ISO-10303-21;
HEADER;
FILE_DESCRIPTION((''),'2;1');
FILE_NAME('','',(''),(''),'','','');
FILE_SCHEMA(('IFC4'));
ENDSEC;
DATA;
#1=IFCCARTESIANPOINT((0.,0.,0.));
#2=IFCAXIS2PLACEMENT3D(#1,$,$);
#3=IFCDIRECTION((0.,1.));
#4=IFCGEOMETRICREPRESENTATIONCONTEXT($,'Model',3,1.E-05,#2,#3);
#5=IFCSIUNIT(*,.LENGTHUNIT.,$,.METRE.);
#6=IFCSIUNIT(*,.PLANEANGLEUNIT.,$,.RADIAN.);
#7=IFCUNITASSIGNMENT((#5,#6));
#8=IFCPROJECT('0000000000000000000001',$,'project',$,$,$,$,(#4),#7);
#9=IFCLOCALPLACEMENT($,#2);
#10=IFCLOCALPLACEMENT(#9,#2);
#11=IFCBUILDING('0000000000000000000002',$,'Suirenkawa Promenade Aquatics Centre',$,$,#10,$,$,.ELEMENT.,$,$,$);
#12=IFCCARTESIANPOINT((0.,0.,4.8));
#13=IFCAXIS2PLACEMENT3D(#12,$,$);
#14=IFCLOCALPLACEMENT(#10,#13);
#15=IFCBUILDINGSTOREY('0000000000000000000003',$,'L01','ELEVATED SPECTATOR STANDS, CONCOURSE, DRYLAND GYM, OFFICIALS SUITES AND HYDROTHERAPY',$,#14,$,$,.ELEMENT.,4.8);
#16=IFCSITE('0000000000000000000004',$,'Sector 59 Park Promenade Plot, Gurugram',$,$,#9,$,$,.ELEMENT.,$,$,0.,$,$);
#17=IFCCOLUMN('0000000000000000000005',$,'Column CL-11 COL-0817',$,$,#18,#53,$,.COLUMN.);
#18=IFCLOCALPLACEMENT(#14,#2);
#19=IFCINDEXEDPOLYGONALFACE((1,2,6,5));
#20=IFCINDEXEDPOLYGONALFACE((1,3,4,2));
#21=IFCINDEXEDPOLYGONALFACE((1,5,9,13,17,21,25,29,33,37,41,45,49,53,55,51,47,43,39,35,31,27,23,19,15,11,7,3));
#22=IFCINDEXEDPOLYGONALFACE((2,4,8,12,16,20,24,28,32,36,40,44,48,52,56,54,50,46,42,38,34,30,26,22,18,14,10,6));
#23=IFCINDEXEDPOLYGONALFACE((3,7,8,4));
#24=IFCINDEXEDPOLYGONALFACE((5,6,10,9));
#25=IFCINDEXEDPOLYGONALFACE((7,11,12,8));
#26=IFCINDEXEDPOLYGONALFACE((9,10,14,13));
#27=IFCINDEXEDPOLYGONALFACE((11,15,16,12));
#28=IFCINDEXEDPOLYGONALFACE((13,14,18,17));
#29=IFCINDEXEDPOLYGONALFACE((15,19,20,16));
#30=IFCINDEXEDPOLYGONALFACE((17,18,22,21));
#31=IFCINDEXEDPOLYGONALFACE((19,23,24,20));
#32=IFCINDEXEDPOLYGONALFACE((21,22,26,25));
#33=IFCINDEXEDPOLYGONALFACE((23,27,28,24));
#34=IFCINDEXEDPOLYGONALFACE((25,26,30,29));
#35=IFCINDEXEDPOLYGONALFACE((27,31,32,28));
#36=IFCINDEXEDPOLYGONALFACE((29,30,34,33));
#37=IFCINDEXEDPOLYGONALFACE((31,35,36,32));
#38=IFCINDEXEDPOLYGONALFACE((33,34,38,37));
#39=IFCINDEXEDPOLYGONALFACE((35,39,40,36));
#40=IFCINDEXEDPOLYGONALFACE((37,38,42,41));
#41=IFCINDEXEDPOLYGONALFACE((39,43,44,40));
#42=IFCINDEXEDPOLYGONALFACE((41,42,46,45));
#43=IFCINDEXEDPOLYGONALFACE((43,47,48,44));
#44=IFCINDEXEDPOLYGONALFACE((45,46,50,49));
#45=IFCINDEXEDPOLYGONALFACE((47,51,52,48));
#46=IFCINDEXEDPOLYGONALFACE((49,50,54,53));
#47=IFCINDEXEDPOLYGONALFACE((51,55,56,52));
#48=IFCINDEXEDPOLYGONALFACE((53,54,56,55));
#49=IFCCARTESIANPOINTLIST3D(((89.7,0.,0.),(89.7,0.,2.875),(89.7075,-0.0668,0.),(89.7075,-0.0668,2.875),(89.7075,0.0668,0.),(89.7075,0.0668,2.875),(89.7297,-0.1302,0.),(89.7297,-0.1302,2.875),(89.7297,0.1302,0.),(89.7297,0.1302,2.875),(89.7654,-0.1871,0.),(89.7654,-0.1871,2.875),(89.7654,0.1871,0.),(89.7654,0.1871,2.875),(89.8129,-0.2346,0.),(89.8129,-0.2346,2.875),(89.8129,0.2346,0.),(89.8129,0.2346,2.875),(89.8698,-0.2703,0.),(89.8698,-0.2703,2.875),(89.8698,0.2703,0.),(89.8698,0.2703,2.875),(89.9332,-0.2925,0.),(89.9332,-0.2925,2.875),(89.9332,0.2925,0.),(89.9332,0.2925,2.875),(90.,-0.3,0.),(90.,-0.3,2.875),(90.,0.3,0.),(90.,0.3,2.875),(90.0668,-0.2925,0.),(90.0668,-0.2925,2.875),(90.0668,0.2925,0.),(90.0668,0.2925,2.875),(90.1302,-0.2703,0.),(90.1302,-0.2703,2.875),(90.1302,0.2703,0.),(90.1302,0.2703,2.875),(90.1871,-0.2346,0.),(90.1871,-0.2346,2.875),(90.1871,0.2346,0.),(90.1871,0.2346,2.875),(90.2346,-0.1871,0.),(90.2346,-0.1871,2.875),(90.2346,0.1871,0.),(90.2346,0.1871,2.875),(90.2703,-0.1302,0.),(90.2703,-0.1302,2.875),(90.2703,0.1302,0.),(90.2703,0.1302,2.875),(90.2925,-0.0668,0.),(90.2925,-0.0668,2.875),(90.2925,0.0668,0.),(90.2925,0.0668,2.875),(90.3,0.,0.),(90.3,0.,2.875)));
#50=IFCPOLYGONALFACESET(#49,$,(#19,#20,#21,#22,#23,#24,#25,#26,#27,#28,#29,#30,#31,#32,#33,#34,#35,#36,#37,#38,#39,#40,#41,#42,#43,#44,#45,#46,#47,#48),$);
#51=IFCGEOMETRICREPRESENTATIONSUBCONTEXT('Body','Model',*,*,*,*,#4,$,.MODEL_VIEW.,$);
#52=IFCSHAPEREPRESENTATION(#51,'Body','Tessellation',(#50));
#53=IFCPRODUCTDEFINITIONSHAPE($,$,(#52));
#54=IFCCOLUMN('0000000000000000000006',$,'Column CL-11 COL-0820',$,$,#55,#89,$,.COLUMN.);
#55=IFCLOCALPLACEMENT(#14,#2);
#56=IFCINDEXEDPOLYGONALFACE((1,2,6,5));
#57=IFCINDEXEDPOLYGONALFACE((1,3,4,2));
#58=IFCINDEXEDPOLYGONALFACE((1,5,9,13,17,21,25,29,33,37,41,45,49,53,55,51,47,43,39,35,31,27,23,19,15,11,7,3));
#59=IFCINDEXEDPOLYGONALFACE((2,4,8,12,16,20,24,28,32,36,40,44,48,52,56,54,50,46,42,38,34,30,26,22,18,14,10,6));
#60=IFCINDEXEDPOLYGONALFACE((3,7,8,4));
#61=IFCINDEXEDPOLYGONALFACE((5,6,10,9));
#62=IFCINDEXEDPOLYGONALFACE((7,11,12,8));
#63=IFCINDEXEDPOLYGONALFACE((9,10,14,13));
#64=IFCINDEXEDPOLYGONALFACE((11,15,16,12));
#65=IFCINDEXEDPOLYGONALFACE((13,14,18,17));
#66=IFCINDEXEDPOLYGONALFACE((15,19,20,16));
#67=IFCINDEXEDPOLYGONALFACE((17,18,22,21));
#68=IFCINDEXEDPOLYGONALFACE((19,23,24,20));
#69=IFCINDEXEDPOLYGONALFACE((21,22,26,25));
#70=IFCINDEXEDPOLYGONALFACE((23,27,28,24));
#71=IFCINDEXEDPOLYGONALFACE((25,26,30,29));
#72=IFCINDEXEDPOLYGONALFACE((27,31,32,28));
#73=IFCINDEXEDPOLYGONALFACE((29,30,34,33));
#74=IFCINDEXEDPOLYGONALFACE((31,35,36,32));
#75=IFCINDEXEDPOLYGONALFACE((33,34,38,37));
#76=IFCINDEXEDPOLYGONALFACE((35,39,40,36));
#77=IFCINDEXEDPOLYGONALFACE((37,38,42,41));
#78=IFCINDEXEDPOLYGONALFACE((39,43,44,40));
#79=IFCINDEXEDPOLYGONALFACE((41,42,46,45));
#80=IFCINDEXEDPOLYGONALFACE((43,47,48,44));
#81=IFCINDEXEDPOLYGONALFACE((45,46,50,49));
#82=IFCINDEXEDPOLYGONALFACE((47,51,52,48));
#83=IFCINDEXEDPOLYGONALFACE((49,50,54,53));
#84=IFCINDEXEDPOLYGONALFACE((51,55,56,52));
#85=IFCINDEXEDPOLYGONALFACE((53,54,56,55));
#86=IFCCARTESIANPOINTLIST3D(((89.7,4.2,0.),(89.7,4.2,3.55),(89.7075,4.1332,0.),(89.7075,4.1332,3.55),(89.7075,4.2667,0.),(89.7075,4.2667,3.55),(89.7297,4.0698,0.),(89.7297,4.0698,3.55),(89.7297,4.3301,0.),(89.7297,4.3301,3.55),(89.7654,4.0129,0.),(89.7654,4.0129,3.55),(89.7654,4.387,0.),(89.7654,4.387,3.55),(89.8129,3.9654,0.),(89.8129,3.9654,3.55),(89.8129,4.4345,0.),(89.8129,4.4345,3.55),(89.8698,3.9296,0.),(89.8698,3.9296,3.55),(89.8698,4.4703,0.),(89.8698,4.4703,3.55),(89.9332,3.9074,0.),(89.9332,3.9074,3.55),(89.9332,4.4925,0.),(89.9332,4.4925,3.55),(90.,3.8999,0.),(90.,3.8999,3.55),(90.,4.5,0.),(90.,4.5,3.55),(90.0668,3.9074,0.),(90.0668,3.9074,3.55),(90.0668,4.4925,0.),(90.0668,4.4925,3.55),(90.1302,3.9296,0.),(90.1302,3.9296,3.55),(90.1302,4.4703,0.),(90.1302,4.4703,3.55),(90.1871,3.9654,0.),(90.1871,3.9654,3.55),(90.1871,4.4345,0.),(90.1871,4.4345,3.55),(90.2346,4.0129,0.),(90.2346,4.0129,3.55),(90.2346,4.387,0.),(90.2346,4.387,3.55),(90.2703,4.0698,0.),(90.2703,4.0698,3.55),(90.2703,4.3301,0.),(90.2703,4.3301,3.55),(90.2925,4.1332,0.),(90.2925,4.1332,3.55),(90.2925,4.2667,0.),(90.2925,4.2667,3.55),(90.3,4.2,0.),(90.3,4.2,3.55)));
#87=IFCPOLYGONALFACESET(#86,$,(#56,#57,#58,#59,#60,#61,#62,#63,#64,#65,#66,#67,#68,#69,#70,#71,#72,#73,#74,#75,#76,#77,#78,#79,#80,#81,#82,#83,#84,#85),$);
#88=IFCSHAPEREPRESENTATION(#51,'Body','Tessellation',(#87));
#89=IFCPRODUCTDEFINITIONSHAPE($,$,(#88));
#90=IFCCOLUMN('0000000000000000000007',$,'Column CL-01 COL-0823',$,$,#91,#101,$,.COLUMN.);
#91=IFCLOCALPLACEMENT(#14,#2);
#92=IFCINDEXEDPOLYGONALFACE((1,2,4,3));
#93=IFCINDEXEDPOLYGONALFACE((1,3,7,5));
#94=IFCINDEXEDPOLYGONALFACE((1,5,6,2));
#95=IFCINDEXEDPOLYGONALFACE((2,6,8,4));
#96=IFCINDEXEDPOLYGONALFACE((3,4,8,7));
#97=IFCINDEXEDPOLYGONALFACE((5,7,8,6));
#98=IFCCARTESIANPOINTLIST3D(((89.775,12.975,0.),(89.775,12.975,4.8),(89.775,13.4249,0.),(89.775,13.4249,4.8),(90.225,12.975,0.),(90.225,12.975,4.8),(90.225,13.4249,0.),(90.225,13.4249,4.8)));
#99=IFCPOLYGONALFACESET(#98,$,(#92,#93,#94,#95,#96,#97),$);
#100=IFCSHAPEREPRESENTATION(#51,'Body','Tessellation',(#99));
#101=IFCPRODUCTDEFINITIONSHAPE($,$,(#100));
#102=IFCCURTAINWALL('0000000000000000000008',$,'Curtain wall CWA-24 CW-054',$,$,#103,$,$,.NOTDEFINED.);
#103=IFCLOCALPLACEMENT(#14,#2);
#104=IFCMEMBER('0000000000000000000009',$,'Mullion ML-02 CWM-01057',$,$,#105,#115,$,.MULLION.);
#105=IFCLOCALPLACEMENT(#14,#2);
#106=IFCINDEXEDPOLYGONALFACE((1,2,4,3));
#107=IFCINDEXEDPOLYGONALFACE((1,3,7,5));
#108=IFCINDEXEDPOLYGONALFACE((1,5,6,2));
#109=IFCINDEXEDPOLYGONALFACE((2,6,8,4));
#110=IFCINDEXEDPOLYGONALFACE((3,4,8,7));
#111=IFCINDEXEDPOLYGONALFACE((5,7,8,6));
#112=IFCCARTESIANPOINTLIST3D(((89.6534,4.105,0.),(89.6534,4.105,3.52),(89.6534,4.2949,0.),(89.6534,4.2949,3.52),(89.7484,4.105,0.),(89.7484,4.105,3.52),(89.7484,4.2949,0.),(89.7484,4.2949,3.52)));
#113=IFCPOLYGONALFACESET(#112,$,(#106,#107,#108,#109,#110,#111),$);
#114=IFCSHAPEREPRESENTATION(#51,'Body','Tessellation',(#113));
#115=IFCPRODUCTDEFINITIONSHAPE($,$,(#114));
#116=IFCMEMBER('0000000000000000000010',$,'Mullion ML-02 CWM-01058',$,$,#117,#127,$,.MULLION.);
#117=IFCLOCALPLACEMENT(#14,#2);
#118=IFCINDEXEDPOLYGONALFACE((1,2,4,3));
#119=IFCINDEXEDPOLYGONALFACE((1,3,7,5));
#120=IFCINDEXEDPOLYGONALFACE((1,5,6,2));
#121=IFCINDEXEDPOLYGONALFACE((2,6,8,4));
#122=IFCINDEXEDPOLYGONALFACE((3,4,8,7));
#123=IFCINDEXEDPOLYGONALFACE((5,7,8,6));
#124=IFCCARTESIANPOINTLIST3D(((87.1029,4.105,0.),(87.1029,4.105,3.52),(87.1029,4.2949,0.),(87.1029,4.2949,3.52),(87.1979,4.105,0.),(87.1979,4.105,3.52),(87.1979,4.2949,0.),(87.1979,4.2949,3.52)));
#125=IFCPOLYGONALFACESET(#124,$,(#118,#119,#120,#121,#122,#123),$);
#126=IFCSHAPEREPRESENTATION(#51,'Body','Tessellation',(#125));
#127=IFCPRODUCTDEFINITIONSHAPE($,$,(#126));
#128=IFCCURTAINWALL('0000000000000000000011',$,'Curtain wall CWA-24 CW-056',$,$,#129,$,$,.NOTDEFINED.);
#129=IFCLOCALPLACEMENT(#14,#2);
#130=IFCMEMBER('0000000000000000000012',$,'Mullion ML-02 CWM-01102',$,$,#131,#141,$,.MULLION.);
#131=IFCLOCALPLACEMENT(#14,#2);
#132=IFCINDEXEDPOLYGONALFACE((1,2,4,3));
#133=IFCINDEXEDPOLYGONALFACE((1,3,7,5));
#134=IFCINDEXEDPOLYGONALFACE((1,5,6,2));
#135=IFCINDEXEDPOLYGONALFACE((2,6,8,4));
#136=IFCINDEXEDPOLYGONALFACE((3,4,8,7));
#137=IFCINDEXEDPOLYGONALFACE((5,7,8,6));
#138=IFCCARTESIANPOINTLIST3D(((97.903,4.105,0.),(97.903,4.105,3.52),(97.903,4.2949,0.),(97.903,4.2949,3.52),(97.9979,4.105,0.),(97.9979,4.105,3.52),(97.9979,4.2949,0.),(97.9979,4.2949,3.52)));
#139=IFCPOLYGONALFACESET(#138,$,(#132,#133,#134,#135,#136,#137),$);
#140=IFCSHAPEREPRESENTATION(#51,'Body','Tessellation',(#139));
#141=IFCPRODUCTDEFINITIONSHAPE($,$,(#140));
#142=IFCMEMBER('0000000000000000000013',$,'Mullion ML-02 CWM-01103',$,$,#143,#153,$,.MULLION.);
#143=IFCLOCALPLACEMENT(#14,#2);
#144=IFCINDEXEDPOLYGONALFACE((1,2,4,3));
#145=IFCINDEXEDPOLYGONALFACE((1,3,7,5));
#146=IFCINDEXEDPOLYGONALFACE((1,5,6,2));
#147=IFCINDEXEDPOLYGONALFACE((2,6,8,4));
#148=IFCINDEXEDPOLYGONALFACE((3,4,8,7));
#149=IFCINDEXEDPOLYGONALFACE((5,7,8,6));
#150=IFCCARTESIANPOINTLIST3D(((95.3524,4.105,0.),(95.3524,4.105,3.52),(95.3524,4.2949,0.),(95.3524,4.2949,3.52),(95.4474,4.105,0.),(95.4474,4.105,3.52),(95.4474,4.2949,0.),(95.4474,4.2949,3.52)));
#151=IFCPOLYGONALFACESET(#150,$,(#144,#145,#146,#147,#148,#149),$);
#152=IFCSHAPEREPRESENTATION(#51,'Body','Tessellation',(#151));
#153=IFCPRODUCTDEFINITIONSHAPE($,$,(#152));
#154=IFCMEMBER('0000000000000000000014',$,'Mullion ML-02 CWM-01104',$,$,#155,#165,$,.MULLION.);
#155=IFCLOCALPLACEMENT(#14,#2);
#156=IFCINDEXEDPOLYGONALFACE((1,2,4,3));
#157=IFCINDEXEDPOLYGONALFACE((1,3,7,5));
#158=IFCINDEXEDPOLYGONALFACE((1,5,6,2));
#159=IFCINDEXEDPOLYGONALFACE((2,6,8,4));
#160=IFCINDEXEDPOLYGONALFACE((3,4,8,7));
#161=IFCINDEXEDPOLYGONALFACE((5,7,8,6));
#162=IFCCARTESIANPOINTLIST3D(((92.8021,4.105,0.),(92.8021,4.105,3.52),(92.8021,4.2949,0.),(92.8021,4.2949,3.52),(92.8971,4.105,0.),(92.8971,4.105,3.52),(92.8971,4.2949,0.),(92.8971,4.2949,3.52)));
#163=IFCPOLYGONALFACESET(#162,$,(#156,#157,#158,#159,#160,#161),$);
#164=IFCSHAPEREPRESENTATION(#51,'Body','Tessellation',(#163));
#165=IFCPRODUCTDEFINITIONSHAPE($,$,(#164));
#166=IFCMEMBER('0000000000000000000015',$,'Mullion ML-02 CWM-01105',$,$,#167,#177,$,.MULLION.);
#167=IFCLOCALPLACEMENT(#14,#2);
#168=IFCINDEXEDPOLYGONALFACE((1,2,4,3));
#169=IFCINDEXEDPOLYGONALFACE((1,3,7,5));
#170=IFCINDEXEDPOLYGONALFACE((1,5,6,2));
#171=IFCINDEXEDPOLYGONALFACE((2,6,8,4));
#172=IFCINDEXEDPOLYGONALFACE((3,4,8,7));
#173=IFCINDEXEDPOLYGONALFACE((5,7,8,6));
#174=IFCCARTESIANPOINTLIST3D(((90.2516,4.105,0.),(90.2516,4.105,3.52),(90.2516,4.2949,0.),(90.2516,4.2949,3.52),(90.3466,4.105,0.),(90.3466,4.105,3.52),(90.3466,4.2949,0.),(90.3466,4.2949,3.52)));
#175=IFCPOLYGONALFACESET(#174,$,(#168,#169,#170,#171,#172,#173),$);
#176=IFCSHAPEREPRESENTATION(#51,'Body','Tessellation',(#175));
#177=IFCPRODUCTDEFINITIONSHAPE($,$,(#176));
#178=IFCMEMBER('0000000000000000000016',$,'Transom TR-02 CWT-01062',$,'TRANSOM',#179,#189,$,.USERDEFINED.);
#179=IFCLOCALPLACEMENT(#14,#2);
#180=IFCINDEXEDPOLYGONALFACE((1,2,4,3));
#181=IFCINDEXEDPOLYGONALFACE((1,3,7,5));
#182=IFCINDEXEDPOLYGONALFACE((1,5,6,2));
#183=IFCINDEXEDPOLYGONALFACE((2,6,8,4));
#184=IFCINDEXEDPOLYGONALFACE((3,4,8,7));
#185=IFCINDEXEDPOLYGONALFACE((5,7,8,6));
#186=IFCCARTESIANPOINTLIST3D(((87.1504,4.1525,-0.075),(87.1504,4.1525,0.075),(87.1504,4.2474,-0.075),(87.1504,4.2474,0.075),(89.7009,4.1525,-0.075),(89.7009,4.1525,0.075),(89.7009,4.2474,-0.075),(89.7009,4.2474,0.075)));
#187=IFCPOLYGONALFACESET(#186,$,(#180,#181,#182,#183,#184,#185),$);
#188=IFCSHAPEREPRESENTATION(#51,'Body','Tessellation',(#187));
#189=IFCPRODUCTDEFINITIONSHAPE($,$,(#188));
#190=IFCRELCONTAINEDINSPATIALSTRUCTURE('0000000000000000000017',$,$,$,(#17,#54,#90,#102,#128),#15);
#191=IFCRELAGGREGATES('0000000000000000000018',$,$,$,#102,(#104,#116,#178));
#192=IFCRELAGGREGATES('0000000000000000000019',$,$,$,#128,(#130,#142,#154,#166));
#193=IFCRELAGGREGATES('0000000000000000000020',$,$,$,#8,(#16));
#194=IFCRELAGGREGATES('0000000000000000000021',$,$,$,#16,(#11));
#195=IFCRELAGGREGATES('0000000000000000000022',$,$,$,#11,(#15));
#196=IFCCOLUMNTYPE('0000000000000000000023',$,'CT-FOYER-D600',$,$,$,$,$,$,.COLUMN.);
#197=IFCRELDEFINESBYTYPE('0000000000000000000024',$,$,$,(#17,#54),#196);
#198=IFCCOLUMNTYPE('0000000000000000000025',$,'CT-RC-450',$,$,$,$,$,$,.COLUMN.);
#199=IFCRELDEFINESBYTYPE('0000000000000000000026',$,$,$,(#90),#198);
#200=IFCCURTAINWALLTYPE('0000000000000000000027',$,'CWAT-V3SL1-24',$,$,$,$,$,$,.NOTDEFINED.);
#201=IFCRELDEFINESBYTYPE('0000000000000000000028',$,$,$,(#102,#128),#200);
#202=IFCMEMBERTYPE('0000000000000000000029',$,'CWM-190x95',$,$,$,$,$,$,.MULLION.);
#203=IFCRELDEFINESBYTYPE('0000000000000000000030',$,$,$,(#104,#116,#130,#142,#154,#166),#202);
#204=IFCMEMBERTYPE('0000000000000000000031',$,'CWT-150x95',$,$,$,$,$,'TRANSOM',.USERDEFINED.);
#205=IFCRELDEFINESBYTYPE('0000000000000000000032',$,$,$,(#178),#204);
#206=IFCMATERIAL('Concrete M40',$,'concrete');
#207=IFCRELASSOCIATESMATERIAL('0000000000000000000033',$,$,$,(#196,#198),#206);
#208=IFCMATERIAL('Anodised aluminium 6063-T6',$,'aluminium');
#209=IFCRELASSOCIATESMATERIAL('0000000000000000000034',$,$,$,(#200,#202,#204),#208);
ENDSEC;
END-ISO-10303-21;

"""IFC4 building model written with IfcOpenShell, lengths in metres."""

from ifc_helpers import new_model, si_unit, direction, frame, origin, origin_2d, place, context, subcontext, project, spatial, rectangle, circle, extrude, material, material_profile, profile_set, type_object, element, aggregate, save


model = new_model("IFC4")

# Units and contexts
model_context = context("Model", 3, precision=1e-05, world=origin(), true_north=direction((0.0, 1.0)))
body_context = subcontext(model_context, "Body", "Model", "MODEL_VIEW")
ifc_project = project(units=[si_unit("LENGTHUNIT", "METRE"), si_unit("PLANEANGLEUNIT", "RADIAN")], contexts=[model_context])

# Site, building, storey
site_placement = place(None, origin())
site = spatial("IfcSite", under=ifc_project, at=site_placement, Name="Sector 59 Park Promenade Plot, Gurugram", CompositionType="ELEMENT", RefElevation=0.0)
building_placement = place(site_placement, origin())
building = spatial("IfcBuilding", under=site, at=building_placement, Name="Suirenkawa Promenade Aquatics Centre", CompositionType="ELEMENT")
storey_placement = place(building_placement, frame((0.0, 0.0, 4.8)))
storey = spatial("IfcBuildingStorey", under=building, at=storey_placement, Name="L01", Description="ELEVATED SPECTATOR STANDS, CONCOURSE, DRYLAND GYM, OFFICIALS SUITES AND HYDROTHERAPY", CompositionType="ELEMENT", Elevation=4.8)

# Columns
ifc_material_1 = material(Name="Concrete M40", Category="concrete")
ifc_material_profile_1 = material_profile(ifc_material_1, circle(Radius=0.3, at=origin_2d()), Name="RC FOYER D600", Category="concrete")
ifc_profile_set_1 = profile_set([ifc_material_profile_1], Name="Concrete M40")
column_type_1 = type_object("IfcColumnType", Name="CT-FOYER-D600", PredefinedType="COLUMN", material=ifc_profile_set_1)
column_1_placement = place(storey_placement, frame((90.0, 0.0, 0.0), z_axis=(0.0, 0.0, 1.0), x_axis=(1.0, 0.0, 0.0)))
element("IfcColumn", 1, at=column_1_placement, inside=storey, type_object=column_type_1, Name="Column CL-11 COL-0817", PredefinedType="COLUMN", context=body_context, shape_type="SweptSolid", body=[
    extrude(circle(Radius=0.3, at=origin_2d()), origin(), (0.0, 0.0, 1.0), 2.875),
])
column_2_placement = place(storey_placement, frame((90.0, 4.2, 0.0), z_axis=(0.0, 0.0, 1.0), x_axis=(1.0, 0.0, 0.0)))
element("IfcColumn", 2, at=column_2_placement, inside=storey, type_object=column_type_1, Name="Column CL-11 COL-0820", PredefinedType="COLUMN", context=body_context, shape_type="SweptSolid", body=[
    extrude(circle(Radius=0.3, at=origin_2d()), origin(), (0.0, 0.0, 1.0), 3.55),
])
ifc_material_profile_2 = material_profile(ifc_material_1, rectangle(XDim=0.45, YDim=0.45, at=origin_2d()), Name="RC COL 450x450", Category="concrete")
ifc_profile_set_2 = profile_set([ifc_material_profile_2], Name="Concrete M40")
column_type_2 = type_object("IfcColumnType", Name="CT-RC-450", PredefinedType="COLUMN", material=ifc_profile_set_2)
column_3_placement = place(storey_placement, frame((90.0, 13.2, 0.0), z_axis=(0.0, 0.0, 1.0), x_axis=(1.0, 0.0, 0.0)))
element("IfcColumn", 3, at=column_3_placement, inside=storey, type_object=column_type_2, Name="Column CL-01 COL-0823", PredefinedType="COLUMN", context=body_context, shape_type="SweptSolid", body=[
    extrude(rectangle(XDim=0.45, YDim=0.45, at=origin_2d()), origin(), (0.0, 0.0, 1.0), 4.8),
])

# Curtain walls, members
ifc_material_2 = material(Name="Anodised aluminium 6063-T6", Category="aluminium")
curtain_wall_type = type_object("IfcCurtainWallType", Name="CWAT-V3SL1-24", PredefinedType="NOTDEFINED", material=ifc_material_2)
curtain_wall_1_placement = place(storey_placement, origin())
curtain_wall_1 = element("IfcCurtainWall", 4, at=curtain_wall_1_placement, inside=storey, type_object=curtain_wall_type, Name="Curtain wall CWA-24 CW-054", PredefinedType="NOTDEFINED")
ifc_material_profile_3 = material_profile(ifc_material_2, rectangle(XDim=0.095, YDim=0.1899, at=origin_2d()), Name="ALU MULL 95x190", Category="aluminium")
ifc_profile_set_3 = profile_set([ifc_material_profile_3], Name="Anodised aluminium 6063-T6")
member_type_1 = type_object("IfcMemberType", Name="CWM-190x95", PredefinedType="MULLION", material=ifc_profile_set_3)
member_1_placement = place(storey_placement, frame((89.7009, 4.2, 0.0), z_axis=(0.0, 0.0, 1.0), x_axis=(-1.0, 0.0, 0.0)))
member_1 = element("IfcMember", 5, at=member_1_placement, type_object=member_type_1, Name="Mullion ML-02 CWM-01057", PredefinedType="MULLION", context=body_context, shape_type="SweptSolid", body=[
    extrude(rectangle(XDim=0.095, YDim=0.1899, at=origin_2d()), origin(), (0.0, 0.0, 1.0), 3.52),
])
member_2_placement = place(storey_placement, frame((87.1504, 4.2, 0.0), z_axis=(0.0, 0.0, 1.0), x_axis=(-1.0, 0.0, 0.0)))
member_2 = element("IfcMember", 6, at=member_2_placement, type_object=member_type_1, Name="Mullion ML-02 CWM-01058", PredefinedType="MULLION", context=body_context, shape_type="SweptSolid", body=[
    extrude(rectangle(XDim=0.095, YDim=0.1899, at=origin_2d()), origin(), (0.0, 0.0, 1.0), 3.52),
])
curtain_wall_2_placement = place(storey_placement, origin())
curtain_wall_2 = element("IfcCurtainWall", 7, at=curtain_wall_2_placement, inside=storey, type_object=curtain_wall_type, Name="Curtain wall CWA-24 CW-056", PredefinedType="NOTDEFINED")
member_3_placement = place(storey_placement, frame((97.9504, 4.2, 0.0), z_axis=(0.0, 0.0, 1.0), x_axis=(-1.0, 0.0, 0.0)))
member_3 = element("IfcMember", 8, at=member_3_placement, type_object=member_type_1, Name="Mullion ML-02 CWM-01102", PredefinedType="MULLION", context=body_context, shape_type="SweptSolid", body=[
    extrude(rectangle(XDim=0.095, YDim=0.1899, at=origin_2d()), origin(), (0.0, 0.0, 1.0), 3.52),
])
member_4_placement = place(storey_placement, frame((95.3999, 4.2, 0.0), z_axis=(0.0, 0.0, 1.0), x_axis=(-1.0, 0.0, 0.0)))
member_4 = element("IfcMember", 9, at=member_4_placement, type_object=member_type_1, Name="Mullion ML-02 CWM-01103", PredefinedType="MULLION", context=body_context, shape_type="SweptSolid", body=[
    extrude(rectangle(XDim=0.095, YDim=0.1899, at=origin_2d()), origin(), (0.0, 0.0, 1.0), 3.52),
])
member_5_placement = place(storey_placement, frame((92.8496, 4.2, 0.0), z_axis=(0.0, 0.0, 1.0), x_axis=(-1.0, 0.0, 0.0)))
member_5 = element("IfcMember", 10, at=member_5_placement, type_object=member_type_1, Name="Mullion ML-02 CWM-01104", PredefinedType="MULLION", context=body_context, shape_type="SweptSolid", body=[
    extrude(rectangle(XDim=0.095, YDim=0.1899, at=origin_2d()), origin(), (0.0, 0.0, 1.0), 3.52),
])
member_6_placement = place(storey_placement, frame((90.2991, 4.2, 0.0), z_axis=(0.0, 0.0, 1.0), x_axis=(-1.0, 0.0, 0.0)))
member_6 = element("IfcMember", 11, at=member_6_placement, type_object=member_type_1, Name="Mullion ML-02 CWM-01105", PredefinedType="MULLION", context=body_context, shape_type="SweptSolid", body=[
    extrude(rectangle(XDim=0.095, YDim=0.1899, at=origin_2d()), origin(), (0.0, 0.0, 1.0), 3.52),
])

# Member
ifc_material_profile_4 = material_profile(ifc_material_2, rectangle(XDim=0.095, YDim=0.1499, at=origin_2d()), Name="ALU TRAN 95x150", Category="aluminium")
ifc_profile_set_4 = profile_set([ifc_material_profile_4], Name="Anodised aluminium 6063-T6")
member_type_2 = type_object("IfcMemberType", Name="CWT-150x95", ElementType="TRANSOM", PredefinedType="USERDEFINED", material=ifc_profile_set_4)
member_7_placement = place(storey_placement, frame((89.7009, 4.2, 0.0), z_axis=(-1.0, 0.0, 0.0), x_axis=(0.0, -1.0, 0.0)))
member_7 = element("IfcMember", 12, at=member_7_placement, type_object=member_type_2, Name="Transom TR-02 CWT-01062", ObjectType="TRANSOM", PredefinedType="USERDEFINED", context=body_context, shape_type="SweptSolid", body=[
    extrude(rectangle(XDim=0.095, YDim=0.1499, at=origin_2d()), origin(), (0.0, 0.0, 1.0), 2.5505),
])

aggregate(curtain_wall_1, [member_1, member_2, member_7])
aggregate(curtain_wall_2, [member_3, member_4, member_5, member_6])

save(model, "model.ifc")
